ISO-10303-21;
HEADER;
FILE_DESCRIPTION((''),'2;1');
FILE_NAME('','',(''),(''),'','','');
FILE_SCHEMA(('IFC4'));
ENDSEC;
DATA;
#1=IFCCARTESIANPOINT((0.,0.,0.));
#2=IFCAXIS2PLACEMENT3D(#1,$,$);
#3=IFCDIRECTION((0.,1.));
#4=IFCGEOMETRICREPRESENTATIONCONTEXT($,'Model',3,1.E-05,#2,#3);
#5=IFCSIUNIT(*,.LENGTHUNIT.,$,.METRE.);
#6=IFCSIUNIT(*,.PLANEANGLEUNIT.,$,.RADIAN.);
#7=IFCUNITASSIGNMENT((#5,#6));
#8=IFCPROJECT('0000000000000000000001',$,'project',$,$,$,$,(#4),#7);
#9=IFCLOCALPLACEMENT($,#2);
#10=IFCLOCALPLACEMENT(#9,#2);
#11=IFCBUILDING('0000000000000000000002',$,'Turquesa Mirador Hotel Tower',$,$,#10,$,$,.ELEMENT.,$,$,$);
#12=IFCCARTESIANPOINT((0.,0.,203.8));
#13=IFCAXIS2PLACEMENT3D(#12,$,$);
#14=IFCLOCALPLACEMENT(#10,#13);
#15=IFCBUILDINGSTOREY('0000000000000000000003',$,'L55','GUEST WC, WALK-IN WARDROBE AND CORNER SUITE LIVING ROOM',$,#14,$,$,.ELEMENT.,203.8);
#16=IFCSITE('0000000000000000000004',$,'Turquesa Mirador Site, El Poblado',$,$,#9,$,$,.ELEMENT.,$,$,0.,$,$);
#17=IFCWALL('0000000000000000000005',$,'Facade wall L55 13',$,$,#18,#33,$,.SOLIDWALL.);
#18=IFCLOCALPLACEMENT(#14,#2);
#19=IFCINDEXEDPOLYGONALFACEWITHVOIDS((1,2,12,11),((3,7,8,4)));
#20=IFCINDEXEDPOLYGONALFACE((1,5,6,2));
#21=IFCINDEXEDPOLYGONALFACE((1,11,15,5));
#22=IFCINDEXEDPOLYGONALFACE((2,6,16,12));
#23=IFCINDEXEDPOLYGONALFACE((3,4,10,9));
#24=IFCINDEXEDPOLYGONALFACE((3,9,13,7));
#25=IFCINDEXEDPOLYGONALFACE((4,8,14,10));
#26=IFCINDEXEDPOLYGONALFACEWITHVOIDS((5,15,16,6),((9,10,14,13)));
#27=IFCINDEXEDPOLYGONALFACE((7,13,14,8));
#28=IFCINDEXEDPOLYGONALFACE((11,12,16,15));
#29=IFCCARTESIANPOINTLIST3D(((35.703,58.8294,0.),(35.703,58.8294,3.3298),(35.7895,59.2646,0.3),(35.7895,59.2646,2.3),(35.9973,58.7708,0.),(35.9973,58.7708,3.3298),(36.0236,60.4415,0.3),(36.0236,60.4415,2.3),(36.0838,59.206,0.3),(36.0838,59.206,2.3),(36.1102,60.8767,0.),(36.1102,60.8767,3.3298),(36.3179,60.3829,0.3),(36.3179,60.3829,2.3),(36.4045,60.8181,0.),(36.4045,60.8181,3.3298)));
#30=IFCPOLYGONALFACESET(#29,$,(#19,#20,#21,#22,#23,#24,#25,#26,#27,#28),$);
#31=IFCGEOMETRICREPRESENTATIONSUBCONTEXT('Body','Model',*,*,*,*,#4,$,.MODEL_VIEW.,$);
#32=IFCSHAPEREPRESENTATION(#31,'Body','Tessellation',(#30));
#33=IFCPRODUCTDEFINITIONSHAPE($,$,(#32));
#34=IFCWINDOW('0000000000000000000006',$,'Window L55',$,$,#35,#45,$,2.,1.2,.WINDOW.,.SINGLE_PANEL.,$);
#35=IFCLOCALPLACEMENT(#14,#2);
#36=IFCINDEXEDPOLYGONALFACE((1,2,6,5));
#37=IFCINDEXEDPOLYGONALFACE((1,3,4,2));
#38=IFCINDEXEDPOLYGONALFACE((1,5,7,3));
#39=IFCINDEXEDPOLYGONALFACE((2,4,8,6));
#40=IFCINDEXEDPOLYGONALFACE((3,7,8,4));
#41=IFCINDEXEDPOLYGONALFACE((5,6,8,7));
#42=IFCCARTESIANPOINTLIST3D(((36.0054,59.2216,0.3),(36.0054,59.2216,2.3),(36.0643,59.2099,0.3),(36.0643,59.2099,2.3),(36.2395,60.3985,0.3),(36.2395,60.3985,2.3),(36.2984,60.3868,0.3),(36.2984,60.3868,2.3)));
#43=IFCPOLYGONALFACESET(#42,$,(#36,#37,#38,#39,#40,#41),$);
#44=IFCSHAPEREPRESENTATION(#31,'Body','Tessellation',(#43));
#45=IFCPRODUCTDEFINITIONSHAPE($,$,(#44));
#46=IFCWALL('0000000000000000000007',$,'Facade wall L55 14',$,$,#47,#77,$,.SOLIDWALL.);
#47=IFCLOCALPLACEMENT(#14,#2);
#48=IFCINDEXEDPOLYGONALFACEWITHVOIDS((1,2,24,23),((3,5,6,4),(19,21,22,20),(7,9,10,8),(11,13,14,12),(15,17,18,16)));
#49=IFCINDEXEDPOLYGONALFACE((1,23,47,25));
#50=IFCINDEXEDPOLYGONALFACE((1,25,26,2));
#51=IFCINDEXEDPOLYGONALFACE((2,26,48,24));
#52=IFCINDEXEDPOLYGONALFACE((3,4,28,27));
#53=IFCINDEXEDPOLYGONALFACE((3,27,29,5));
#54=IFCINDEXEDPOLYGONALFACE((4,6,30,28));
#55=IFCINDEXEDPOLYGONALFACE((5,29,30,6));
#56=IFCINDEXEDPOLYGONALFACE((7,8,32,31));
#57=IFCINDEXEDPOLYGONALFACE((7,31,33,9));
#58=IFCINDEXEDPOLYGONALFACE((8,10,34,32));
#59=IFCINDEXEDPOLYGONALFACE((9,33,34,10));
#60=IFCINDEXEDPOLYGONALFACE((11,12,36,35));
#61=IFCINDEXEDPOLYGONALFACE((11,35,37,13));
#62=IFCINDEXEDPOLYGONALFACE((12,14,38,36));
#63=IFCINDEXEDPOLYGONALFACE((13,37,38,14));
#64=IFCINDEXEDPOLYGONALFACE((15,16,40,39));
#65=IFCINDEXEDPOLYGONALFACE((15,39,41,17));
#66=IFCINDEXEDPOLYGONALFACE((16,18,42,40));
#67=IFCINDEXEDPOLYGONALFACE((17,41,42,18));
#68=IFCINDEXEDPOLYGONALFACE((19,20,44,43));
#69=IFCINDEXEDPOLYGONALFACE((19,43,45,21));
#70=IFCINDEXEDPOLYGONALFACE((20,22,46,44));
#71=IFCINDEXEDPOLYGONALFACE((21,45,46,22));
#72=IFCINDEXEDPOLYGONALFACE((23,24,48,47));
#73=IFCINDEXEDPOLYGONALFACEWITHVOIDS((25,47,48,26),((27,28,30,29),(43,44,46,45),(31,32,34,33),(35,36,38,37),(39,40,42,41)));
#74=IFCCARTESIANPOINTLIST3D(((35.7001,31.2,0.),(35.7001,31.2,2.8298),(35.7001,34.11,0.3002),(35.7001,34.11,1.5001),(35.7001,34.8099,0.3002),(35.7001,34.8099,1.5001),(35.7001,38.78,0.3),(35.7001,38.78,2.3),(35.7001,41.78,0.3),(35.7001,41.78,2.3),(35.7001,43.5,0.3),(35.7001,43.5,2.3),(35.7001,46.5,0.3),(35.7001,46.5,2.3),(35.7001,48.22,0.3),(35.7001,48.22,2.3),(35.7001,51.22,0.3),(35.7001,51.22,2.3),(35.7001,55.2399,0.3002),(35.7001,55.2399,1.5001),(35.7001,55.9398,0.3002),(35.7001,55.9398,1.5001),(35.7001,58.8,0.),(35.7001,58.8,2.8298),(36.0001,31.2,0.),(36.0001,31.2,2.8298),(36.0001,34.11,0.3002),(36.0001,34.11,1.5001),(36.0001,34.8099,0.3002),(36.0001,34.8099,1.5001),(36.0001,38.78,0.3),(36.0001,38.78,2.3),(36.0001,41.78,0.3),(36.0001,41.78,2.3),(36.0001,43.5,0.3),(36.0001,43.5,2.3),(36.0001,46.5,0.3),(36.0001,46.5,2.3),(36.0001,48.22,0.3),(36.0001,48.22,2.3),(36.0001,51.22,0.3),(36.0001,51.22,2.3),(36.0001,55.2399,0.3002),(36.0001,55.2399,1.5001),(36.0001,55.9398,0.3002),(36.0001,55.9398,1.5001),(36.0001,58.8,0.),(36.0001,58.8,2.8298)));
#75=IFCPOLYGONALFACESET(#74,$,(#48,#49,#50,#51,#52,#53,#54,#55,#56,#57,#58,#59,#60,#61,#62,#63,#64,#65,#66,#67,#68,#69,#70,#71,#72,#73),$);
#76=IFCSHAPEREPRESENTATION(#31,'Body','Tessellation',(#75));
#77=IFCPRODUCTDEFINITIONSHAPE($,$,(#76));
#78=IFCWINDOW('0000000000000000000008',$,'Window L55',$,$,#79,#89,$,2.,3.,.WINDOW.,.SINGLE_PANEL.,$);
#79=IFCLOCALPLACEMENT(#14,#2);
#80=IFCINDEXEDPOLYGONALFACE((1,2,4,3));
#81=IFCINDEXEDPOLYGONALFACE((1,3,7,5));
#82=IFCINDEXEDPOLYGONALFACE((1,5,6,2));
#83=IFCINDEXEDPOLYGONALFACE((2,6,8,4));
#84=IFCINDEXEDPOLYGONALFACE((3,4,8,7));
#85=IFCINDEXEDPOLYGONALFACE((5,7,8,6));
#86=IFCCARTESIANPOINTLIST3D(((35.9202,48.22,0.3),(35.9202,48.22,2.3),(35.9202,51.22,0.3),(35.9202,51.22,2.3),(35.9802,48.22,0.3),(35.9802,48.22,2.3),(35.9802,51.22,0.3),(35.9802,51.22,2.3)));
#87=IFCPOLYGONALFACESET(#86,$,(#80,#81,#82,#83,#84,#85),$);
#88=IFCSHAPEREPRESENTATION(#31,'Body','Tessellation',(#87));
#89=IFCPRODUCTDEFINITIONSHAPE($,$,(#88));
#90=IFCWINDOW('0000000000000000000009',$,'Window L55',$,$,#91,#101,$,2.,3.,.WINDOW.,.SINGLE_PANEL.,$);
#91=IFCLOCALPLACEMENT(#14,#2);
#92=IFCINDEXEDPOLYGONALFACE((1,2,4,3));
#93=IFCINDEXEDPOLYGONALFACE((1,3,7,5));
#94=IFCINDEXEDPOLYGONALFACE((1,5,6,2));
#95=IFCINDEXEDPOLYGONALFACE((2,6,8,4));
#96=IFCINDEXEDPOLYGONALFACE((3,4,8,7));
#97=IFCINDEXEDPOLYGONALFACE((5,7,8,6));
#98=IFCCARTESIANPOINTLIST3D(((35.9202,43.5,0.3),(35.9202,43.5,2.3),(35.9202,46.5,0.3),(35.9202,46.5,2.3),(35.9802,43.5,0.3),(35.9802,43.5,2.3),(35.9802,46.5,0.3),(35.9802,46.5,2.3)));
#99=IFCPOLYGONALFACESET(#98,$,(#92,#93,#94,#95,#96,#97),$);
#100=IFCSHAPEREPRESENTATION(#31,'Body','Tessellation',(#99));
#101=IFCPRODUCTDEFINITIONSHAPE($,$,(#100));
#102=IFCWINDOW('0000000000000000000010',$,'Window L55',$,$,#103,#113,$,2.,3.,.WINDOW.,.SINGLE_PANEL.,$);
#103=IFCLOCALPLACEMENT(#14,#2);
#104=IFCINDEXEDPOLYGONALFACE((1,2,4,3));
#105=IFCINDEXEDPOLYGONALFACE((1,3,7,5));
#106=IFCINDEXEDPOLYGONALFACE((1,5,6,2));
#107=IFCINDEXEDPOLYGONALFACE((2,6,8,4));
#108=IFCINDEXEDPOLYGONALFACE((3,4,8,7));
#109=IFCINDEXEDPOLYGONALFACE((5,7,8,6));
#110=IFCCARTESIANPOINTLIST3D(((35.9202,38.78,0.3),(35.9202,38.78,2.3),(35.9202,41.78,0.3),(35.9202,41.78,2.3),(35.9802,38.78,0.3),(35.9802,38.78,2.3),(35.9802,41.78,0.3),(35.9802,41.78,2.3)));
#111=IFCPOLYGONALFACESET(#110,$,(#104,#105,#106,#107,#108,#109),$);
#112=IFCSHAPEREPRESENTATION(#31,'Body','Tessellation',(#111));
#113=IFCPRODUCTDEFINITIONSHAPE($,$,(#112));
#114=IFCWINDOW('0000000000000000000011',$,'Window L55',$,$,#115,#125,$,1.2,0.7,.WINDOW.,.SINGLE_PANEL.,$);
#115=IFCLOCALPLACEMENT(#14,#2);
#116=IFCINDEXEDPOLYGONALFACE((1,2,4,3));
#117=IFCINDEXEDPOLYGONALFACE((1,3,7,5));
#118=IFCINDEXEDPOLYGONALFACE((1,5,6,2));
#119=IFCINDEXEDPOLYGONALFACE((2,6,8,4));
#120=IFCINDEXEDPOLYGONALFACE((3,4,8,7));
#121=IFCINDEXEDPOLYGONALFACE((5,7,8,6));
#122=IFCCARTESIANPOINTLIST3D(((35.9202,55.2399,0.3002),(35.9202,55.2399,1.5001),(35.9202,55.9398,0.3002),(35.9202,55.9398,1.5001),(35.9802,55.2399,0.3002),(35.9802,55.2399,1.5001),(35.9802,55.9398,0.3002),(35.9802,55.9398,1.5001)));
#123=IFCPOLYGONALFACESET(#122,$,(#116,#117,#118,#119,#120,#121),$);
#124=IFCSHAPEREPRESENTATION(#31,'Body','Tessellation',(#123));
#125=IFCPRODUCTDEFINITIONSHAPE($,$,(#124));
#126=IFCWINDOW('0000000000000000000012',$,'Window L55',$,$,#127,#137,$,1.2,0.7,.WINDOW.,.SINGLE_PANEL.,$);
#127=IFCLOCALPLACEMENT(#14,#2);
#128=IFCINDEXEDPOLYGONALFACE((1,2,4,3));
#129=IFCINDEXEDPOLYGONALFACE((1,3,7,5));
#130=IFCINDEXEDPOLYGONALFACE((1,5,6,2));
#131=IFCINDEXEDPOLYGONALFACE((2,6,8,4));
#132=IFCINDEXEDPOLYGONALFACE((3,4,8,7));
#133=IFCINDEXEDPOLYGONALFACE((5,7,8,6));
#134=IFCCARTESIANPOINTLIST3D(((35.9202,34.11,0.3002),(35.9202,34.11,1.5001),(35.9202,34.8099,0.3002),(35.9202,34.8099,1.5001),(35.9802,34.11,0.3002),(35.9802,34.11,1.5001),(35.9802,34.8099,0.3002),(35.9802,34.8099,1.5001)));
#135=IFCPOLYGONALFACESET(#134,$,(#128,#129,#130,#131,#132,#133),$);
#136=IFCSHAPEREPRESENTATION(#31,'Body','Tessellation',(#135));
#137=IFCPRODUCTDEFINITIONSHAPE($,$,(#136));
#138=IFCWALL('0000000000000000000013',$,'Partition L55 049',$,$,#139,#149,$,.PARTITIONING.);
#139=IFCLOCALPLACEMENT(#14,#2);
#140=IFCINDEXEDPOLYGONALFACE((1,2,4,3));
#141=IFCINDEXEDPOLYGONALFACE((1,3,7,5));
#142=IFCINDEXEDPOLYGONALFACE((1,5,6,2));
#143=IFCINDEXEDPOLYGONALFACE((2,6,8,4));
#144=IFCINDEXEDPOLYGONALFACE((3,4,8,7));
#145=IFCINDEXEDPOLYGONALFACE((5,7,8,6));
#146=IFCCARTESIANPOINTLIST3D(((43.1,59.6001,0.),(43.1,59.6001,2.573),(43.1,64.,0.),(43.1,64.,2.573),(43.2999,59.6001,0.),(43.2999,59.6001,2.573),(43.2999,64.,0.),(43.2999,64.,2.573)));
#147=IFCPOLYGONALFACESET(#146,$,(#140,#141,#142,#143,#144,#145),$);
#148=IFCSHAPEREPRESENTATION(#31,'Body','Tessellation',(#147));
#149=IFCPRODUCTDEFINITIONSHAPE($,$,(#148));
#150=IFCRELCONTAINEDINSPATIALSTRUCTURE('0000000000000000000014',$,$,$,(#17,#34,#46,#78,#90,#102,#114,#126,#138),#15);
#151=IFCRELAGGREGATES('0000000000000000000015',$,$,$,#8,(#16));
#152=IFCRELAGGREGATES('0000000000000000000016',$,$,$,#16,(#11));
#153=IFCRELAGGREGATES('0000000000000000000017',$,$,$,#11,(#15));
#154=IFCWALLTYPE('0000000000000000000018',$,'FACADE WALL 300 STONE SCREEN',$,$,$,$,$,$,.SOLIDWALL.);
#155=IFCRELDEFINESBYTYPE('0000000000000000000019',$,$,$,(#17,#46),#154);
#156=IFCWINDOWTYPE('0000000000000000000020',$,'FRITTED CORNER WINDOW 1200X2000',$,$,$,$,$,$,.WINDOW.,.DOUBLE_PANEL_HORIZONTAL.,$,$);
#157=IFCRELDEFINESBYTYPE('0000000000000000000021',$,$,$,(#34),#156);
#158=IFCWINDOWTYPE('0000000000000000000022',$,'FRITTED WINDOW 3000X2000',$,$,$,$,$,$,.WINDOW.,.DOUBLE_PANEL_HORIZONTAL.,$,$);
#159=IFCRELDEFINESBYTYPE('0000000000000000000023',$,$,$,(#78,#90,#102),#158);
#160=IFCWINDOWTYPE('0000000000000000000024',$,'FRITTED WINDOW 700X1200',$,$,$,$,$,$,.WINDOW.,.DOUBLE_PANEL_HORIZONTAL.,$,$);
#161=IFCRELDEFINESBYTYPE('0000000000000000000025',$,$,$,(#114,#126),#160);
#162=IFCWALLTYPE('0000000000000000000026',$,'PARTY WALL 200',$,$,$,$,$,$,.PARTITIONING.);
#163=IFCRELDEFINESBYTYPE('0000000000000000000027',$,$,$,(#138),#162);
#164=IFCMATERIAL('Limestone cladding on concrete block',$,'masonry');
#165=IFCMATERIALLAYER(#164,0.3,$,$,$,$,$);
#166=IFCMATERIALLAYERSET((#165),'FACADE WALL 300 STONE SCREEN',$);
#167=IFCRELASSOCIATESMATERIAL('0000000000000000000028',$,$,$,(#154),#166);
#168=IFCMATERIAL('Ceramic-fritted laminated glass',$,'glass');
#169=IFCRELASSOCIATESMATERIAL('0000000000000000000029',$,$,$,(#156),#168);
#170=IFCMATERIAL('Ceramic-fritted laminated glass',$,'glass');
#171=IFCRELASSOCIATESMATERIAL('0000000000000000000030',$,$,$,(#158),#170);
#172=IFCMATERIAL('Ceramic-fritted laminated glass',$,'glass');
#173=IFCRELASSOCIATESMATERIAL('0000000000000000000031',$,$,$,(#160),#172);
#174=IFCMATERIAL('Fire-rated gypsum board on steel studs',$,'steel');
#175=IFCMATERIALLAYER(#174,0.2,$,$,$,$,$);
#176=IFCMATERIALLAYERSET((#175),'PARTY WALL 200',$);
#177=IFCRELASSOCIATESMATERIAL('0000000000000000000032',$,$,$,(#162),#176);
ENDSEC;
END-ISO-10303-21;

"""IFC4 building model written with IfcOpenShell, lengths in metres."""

from ifc_helpers import new_model, si_unit, direction, frame, frame_2d, origin, place, context, subcontext, project, spatial, rectangle, extrude, material, layer, layer_set, type_object, element, fill, save


model = new_model("IFC4")

# Units and contexts
model_context = context("Model", 3, precision=1e-05, world=origin(), true_north=direction((0.0, 1.0)))
body_context = subcontext(model_context, "Body", "Model", "MODEL_VIEW")
ifc_project = project(units=[si_unit("LENGTHUNIT", "METRE"), si_unit("PLANEANGLEUNIT", "RADIAN")], contexts=[model_context])

# Site, building, storey
site_placement = place(None, origin())
site = spatial("IfcSite", under=ifc_project, at=site_placement, Name="Turquesa Mirador Site, El Poblado", CompositionType="ELEMENT", RefElevation=0.0)
building_placement = place(site_placement, origin())
building = spatial("IfcBuilding", under=site, at=building_placement, Name="Turquesa Mirador Hotel Tower", CompositionType="ELEMENT")
storey_placement = place(building_placement, frame((0.0, 0.0, 203.8)))
storey = spatial("IfcBuildingStorey", under=building, at=storey_placement, Name="L55", Description="GUEST WC, WALK-IN WARDROBE AND CORNER SUITE LIVING ROOM", CompositionType="ELEMENT", Elevation=203.8)

# Wall, opening, window
ifc_material_1 = material(Name="Limestone cladding on concrete block", Category="masonry")
ifc_layer_1 = layer(ifc_material_1, 0.3)
ifc_layer_set_1 = layer_set([ifc_layer_1], Name="FACADE WALL 300 STONE SCREEN")
wall_type_1 = type_object("IfcWallType", Name="FACADE WALL 300 STONE SCREEN", PredefinedType="SOLIDWALL", material=ifc_layer_set_1)
ifc_material_2 = material(Name="Ceramic-fritted laminated glass", Category="glass")
window_type_1 = type_object("IfcWindowType", Name="FRITTED CORNER WINDOW 1200X2000", PartitioningType="DOUBLE_PANEL_HORIZONTAL", PredefinedType="WINDOW", material=ifc_material_2)
wall_1_placement = place(storey_placement, frame((36.2573, 60.8474, 0.0), z_axis=(0.0, 0.0, 1.0), x_axis=(-0.195081, -0.980787, 0.0)))
wall_1 = element("IfcWall", 1, at=wall_1_placement, inside=storey, type_object=wall_type_1, Name="Facade wall L55 13", PredefinedType="SOLIDWALL", context=body_context, shape_type="SweptSolid", body=[
    extrude(rectangle(XDim=2.0874, YDim=0.3, at=frame_2d((1.0437, 0.0))), origin(), (0.0, 0.0, 1.0), 3.3298),
])
opening_1_placement = place(wall_1_placement, frame((0.4436, 0.0, 0.3)))
opening_1 = element("IfcOpeningElement", 2, at=opening_1_placement, cuts=wall_1, PredefinedType="OPENING", context=body_context, shape_type="SweptSolid", body=[
    extrude(rectangle(XDim=1.2, YDim=2.0, at=frame_2d((0.6001, 1.0))), frame((0.0, 0.1599, 0.0), z_axis=(0.0, -1.0, 0.0), x_axis=(1.0, 0.0, 0.0)), (0.0, 0.0, 1.0), 0.3201),
])
window_1_placement = place(opening_1_placement, origin())
window_1 = element("IfcWindow", 3, at=window_1_placement, inside=storey, type_object=window_type_1, Name="Window L55", OverallHeight=2.0, OverallWidth=1.2, PartitioningType="SINGLE_PANEL", PredefinedType="WINDOW", context=body_context, shape_type="SweptSolid", body=[
    extrude(rectangle(XDim=1.2, YDim=2.0, at=frame_2d((0.6001, 1.0))), frame((0.0, 0.1301, 0.0), z_axis=(0.0, -1.0, 0.0), x_axis=(1.0, 0.0, 0.0)), (0.0, 0.0, 1.0), 0.0601),
])
fill(opening_1, window_1)

# Wall, openings, windows
wall_2_placement = place(storey_placement, frame((35.8501, 58.8, 0.0), z_axis=(0.0, 0.0, 1.0), x_axis=(0.0, -1.0, 0.0)))
wall_2 = element("IfcWall", 4, at=wall_2_placement, inside=storey, type_object=wall_type_1, Name="Facade wall L55 14", PredefinedType="SOLIDWALL", context=body_context, shape_type="SweptSolid", body=[
    extrude(rectangle(XDim=27.6001, YDim=0.3, at=frame_2d((13.8, 0.0))), origin(), (0.0, 0.0, 1.0), 2.8298),
])
opening_2_placement = place(wall_2_placement, frame((2.8601, 0.0, 0.3)))
opening_2 = element("IfcOpeningElement", 5, at=opening_2_placement, cuts=wall_2, PredefinedType="OPENING", context=body_context, shape_type="SweptSolid", body=[
    extrude(rectangle(XDim=0.7, YDim=1.2, at=frame_2d((0.3501, 0.6001))), frame((0.0, 0.1599, 0.0), z_axis=(0.0, -1.0, 0.0), x_axis=(1.0, 0.0, 0.0)), (0.0, 0.0, 1.0), 0.3201),
])
opening_3_placement = place(wall_2_placement, frame((7.5801, 0.0, 0.3)))
opening_3 = element("IfcOpeningElement", 6, at=opening_3_placement, cuts=wall_2, PredefinedType="OPENING", context=body_context, shape_type="SweptSolid", body=[
    extrude(rectangle(XDim=3.0, YDim=2.0, at=frame_2d((1.5, 1.0))), frame((0.0, 0.1599, 0.0), z_axis=(0.0, -1.0, 0.0), x_axis=(1.0, 0.0, 0.0)), (0.0, 0.0, 1.0), 0.3201),
])
opening_4_placement = place(wall_2_placement, frame((12.3, 0.0, 0.3)))
opening_4 = element("IfcOpeningElement", 7, at=opening_4_placement, cuts=wall_2, PredefinedType="OPENING", context=body_context, shape_type="SweptSolid", body=[
    extrude(rectangle(XDim=3.0, YDim=2.0, at=frame_2d((1.5, 1.0))), frame((0.0, 0.1599, 0.0), z_axis=(0.0, -1.0, 0.0), x_axis=(1.0, 0.0, 0.0)), (0.0, 0.0, 1.0), 0.3201),
])
opening_5_placement = place(wall_2_placement, frame((17.02, 0.0, 0.3)))
opening_5 = element("IfcOpeningElement", 8, at=opening_5_placement, cuts=wall_2, PredefinedType="OPENING", context=body_context, shape_type="SweptSolid", body=[
    extrude(rectangle(XDim=3.0, YDim=2.0, at=frame_2d((1.5, 1.0))), frame((0.0, 0.1599, 0.0), z_axis=(0.0, -1.0, 0.0), x_axis=(1.0, 0.0, 0.0)), (0.0, 0.0, 1.0), 0.3201),
])
opening_6_placement = place(wall_2_placement, frame((23.99, 0.0, 0.3)))
opening_6 = element("IfcOpeningElement", 9, at=opening_6_placement, cuts=wall_2, PredefinedType="OPENING", context=body_context, shape_type="SweptSolid", body=[
    extrude(rectangle(XDim=0.7, YDim=1.2, at=frame_2d((0.3501, 0.6001))), frame((0.0, 0.1599, 0.0), z_axis=(0.0, -1.0, 0.0), x_axis=(1.0, 0.0, 0.0)), (0.0, 0.0, 1.0), 0.3201),
])
ifc_material_3 = material(Name="Ceramic-fritted laminated glass", Category="glass")
window_type_2 = type_object("IfcWindowType", Name="FRITTED WINDOW 3000X2000", PartitioningType="DOUBLE_PANEL_HORIZONTAL", PredefinedType="WINDOW", material=ifc_material_3)
window_2_placement = place(opening_3_placement, origin())
window_2 = element("IfcWindow", 10, at=window_2_placement, inside=storey, type_object=window_type_2, Name="Window L55", OverallHeight=2.0, OverallWidth=3.0, PartitioningType="SINGLE_PANEL", PredefinedType="WINDOW", context=body_context, shape_type="SweptSolid", body=[
    extrude(rectangle(XDim=3.0, YDim=2.0, at=frame_2d((1.5, 1.0))), frame((0.0, 0.1301, 0.0), z_axis=(0.0, -1.0, 0.0), x_axis=(1.0, 0.0, 0.0)), (0.0, 0.0, 1.0), 0.0601),
])
fill(opening_3, window_2)
window_3_placement = place(opening_4_placement, origin())
window_3 = element("IfcWindow", 11, at=window_3_placement, inside=storey, type_object=window_type_2, Name="Window L55", OverallHeight=2.0, OverallWidth=3.0, PartitioningType="SINGLE_PANEL", PredefinedType="WINDOW", context=body_context, shape_type="SweptSolid", body=[
    extrude(rectangle(XDim=3.0, YDim=2.0, at=frame_2d((1.5, 1.0))), frame((0.0, 0.1301, 0.0), z_axis=(0.0, -1.0, 0.0), x_axis=(1.0, 0.0, 0.0)), (0.0, 0.0, 1.0), 0.0601),
])
fill(opening_4, window_3)
window_4_placement = place(opening_5_placement, origin())
window_4 = element("IfcWindow", 12, at=window_4_placement, inside=storey, type_object=window_type_2, Name="Window L55", OverallHeight=2.0, OverallWidth=3.0, PartitioningType="SINGLE_PANEL", PredefinedType="WINDOW", context=body_context, shape_type="SweptSolid", body=[
    extrude(rectangle(XDim=3.0, YDim=2.0, at=frame_2d((1.5, 1.0))), frame((0.0, 0.1301, 0.0), z_axis=(0.0, -1.0, 0.0), x_axis=(1.0, 0.0, 0.0)), (0.0, 0.0, 1.0), 0.0601),
])
fill(opening_5, window_4)
ifc_material_4 = material(Name="Ceramic-fritted laminated glass", Category="glass")
window_type_3 = type_object("IfcWindowType", Name="FRITTED WINDOW 700X1200", PartitioningType="DOUBLE_PANEL_HORIZONTAL", PredefinedType="WINDOW", material=ifc_material_4)
window_5_placement = place(opening_2_placement, origin())
window_5 = element("IfcWindow", 13, at=window_5_placement, inside=storey, type_object=window_type_3, Name="Window L55", OverallHeight=1.2, OverallWidth=0.7, PartitioningType="SINGLE_PANEL", PredefinedType="WINDOW", context=body_context, shape_type="SweptSolid", body=[
    extrude(rectangle(XDim=0.7, YDim=1.2, at=frame_2d((0.3501, 0.6001))), frame((0.0, 0.1301, 0.0), z_axis=(0.0, -1.0, 0.0), x_axis=(1.0, 0.0, 0.0)), (0.0, 0.0, 1.0), 0.0601),
])
fill(opening_2, window_5)
window_6_placement = place(opening_6_placement, origin())
window_6 = element("IfcWindow", 14, at=window_6_placement, inside=storey, type_object=window_type_3, Name="Window L55", OverallHeight=1.2, OverallWidth=0.7, PartitioningType="SINGLE_PANEL", PredefinedType="WINDOW", context=body_context, shape_type="SweptSolid", body=[
    extrude(rectangle(XDim=0.7, YDim=1.2, at=frame_2d((0.3501, 0.6001))), frame((0.0, 0.1301, 0.0), z_axis=(0.0, -1.0, 0.0), x_axis=(1.0, 0.0, 0.0)), (0.0, 0.0, 1.0), 0.0601),
])
fill(opening_6, window_6)

# Wall
ifc_material_5 = material(Name="Fire-rated gypsum board on steel studs", Category="steel")
ifc_layer_2 = layer(ifc_material_5, 0.2)
ifc_layer_set_2 = layer_set([ifc_layer_2], Name="PARTY WALL 200")
wall_type_2 = type_object("IfcWallType", Name="PARTY WALL 200", PredefinedType="PARTITIONING", material=ifc_layer_set_2)
wall_3_placement = place(storey_placement, frame((43.2, 59.6001, 0.0), z_axis=(0.0, 0.0, 1.0), x_axis=(0.0, 1.0, 0.0)))
element("IfcWall", 15, at=wall_3_placement, inside=storey, type_object=wall_type_2, Name="Partition L55 049", PredefinedType="PARTITIONING", context=body_context, shape_type="SweptSolid", body=[
    extrude(rectangle(XDim=4.3999, YDim=0.2, at=frame_2d((2.2, 0.0))), origin(), (0.0, 0.0, 1.0), 2.573),
])

save(model, "model.ifc")
